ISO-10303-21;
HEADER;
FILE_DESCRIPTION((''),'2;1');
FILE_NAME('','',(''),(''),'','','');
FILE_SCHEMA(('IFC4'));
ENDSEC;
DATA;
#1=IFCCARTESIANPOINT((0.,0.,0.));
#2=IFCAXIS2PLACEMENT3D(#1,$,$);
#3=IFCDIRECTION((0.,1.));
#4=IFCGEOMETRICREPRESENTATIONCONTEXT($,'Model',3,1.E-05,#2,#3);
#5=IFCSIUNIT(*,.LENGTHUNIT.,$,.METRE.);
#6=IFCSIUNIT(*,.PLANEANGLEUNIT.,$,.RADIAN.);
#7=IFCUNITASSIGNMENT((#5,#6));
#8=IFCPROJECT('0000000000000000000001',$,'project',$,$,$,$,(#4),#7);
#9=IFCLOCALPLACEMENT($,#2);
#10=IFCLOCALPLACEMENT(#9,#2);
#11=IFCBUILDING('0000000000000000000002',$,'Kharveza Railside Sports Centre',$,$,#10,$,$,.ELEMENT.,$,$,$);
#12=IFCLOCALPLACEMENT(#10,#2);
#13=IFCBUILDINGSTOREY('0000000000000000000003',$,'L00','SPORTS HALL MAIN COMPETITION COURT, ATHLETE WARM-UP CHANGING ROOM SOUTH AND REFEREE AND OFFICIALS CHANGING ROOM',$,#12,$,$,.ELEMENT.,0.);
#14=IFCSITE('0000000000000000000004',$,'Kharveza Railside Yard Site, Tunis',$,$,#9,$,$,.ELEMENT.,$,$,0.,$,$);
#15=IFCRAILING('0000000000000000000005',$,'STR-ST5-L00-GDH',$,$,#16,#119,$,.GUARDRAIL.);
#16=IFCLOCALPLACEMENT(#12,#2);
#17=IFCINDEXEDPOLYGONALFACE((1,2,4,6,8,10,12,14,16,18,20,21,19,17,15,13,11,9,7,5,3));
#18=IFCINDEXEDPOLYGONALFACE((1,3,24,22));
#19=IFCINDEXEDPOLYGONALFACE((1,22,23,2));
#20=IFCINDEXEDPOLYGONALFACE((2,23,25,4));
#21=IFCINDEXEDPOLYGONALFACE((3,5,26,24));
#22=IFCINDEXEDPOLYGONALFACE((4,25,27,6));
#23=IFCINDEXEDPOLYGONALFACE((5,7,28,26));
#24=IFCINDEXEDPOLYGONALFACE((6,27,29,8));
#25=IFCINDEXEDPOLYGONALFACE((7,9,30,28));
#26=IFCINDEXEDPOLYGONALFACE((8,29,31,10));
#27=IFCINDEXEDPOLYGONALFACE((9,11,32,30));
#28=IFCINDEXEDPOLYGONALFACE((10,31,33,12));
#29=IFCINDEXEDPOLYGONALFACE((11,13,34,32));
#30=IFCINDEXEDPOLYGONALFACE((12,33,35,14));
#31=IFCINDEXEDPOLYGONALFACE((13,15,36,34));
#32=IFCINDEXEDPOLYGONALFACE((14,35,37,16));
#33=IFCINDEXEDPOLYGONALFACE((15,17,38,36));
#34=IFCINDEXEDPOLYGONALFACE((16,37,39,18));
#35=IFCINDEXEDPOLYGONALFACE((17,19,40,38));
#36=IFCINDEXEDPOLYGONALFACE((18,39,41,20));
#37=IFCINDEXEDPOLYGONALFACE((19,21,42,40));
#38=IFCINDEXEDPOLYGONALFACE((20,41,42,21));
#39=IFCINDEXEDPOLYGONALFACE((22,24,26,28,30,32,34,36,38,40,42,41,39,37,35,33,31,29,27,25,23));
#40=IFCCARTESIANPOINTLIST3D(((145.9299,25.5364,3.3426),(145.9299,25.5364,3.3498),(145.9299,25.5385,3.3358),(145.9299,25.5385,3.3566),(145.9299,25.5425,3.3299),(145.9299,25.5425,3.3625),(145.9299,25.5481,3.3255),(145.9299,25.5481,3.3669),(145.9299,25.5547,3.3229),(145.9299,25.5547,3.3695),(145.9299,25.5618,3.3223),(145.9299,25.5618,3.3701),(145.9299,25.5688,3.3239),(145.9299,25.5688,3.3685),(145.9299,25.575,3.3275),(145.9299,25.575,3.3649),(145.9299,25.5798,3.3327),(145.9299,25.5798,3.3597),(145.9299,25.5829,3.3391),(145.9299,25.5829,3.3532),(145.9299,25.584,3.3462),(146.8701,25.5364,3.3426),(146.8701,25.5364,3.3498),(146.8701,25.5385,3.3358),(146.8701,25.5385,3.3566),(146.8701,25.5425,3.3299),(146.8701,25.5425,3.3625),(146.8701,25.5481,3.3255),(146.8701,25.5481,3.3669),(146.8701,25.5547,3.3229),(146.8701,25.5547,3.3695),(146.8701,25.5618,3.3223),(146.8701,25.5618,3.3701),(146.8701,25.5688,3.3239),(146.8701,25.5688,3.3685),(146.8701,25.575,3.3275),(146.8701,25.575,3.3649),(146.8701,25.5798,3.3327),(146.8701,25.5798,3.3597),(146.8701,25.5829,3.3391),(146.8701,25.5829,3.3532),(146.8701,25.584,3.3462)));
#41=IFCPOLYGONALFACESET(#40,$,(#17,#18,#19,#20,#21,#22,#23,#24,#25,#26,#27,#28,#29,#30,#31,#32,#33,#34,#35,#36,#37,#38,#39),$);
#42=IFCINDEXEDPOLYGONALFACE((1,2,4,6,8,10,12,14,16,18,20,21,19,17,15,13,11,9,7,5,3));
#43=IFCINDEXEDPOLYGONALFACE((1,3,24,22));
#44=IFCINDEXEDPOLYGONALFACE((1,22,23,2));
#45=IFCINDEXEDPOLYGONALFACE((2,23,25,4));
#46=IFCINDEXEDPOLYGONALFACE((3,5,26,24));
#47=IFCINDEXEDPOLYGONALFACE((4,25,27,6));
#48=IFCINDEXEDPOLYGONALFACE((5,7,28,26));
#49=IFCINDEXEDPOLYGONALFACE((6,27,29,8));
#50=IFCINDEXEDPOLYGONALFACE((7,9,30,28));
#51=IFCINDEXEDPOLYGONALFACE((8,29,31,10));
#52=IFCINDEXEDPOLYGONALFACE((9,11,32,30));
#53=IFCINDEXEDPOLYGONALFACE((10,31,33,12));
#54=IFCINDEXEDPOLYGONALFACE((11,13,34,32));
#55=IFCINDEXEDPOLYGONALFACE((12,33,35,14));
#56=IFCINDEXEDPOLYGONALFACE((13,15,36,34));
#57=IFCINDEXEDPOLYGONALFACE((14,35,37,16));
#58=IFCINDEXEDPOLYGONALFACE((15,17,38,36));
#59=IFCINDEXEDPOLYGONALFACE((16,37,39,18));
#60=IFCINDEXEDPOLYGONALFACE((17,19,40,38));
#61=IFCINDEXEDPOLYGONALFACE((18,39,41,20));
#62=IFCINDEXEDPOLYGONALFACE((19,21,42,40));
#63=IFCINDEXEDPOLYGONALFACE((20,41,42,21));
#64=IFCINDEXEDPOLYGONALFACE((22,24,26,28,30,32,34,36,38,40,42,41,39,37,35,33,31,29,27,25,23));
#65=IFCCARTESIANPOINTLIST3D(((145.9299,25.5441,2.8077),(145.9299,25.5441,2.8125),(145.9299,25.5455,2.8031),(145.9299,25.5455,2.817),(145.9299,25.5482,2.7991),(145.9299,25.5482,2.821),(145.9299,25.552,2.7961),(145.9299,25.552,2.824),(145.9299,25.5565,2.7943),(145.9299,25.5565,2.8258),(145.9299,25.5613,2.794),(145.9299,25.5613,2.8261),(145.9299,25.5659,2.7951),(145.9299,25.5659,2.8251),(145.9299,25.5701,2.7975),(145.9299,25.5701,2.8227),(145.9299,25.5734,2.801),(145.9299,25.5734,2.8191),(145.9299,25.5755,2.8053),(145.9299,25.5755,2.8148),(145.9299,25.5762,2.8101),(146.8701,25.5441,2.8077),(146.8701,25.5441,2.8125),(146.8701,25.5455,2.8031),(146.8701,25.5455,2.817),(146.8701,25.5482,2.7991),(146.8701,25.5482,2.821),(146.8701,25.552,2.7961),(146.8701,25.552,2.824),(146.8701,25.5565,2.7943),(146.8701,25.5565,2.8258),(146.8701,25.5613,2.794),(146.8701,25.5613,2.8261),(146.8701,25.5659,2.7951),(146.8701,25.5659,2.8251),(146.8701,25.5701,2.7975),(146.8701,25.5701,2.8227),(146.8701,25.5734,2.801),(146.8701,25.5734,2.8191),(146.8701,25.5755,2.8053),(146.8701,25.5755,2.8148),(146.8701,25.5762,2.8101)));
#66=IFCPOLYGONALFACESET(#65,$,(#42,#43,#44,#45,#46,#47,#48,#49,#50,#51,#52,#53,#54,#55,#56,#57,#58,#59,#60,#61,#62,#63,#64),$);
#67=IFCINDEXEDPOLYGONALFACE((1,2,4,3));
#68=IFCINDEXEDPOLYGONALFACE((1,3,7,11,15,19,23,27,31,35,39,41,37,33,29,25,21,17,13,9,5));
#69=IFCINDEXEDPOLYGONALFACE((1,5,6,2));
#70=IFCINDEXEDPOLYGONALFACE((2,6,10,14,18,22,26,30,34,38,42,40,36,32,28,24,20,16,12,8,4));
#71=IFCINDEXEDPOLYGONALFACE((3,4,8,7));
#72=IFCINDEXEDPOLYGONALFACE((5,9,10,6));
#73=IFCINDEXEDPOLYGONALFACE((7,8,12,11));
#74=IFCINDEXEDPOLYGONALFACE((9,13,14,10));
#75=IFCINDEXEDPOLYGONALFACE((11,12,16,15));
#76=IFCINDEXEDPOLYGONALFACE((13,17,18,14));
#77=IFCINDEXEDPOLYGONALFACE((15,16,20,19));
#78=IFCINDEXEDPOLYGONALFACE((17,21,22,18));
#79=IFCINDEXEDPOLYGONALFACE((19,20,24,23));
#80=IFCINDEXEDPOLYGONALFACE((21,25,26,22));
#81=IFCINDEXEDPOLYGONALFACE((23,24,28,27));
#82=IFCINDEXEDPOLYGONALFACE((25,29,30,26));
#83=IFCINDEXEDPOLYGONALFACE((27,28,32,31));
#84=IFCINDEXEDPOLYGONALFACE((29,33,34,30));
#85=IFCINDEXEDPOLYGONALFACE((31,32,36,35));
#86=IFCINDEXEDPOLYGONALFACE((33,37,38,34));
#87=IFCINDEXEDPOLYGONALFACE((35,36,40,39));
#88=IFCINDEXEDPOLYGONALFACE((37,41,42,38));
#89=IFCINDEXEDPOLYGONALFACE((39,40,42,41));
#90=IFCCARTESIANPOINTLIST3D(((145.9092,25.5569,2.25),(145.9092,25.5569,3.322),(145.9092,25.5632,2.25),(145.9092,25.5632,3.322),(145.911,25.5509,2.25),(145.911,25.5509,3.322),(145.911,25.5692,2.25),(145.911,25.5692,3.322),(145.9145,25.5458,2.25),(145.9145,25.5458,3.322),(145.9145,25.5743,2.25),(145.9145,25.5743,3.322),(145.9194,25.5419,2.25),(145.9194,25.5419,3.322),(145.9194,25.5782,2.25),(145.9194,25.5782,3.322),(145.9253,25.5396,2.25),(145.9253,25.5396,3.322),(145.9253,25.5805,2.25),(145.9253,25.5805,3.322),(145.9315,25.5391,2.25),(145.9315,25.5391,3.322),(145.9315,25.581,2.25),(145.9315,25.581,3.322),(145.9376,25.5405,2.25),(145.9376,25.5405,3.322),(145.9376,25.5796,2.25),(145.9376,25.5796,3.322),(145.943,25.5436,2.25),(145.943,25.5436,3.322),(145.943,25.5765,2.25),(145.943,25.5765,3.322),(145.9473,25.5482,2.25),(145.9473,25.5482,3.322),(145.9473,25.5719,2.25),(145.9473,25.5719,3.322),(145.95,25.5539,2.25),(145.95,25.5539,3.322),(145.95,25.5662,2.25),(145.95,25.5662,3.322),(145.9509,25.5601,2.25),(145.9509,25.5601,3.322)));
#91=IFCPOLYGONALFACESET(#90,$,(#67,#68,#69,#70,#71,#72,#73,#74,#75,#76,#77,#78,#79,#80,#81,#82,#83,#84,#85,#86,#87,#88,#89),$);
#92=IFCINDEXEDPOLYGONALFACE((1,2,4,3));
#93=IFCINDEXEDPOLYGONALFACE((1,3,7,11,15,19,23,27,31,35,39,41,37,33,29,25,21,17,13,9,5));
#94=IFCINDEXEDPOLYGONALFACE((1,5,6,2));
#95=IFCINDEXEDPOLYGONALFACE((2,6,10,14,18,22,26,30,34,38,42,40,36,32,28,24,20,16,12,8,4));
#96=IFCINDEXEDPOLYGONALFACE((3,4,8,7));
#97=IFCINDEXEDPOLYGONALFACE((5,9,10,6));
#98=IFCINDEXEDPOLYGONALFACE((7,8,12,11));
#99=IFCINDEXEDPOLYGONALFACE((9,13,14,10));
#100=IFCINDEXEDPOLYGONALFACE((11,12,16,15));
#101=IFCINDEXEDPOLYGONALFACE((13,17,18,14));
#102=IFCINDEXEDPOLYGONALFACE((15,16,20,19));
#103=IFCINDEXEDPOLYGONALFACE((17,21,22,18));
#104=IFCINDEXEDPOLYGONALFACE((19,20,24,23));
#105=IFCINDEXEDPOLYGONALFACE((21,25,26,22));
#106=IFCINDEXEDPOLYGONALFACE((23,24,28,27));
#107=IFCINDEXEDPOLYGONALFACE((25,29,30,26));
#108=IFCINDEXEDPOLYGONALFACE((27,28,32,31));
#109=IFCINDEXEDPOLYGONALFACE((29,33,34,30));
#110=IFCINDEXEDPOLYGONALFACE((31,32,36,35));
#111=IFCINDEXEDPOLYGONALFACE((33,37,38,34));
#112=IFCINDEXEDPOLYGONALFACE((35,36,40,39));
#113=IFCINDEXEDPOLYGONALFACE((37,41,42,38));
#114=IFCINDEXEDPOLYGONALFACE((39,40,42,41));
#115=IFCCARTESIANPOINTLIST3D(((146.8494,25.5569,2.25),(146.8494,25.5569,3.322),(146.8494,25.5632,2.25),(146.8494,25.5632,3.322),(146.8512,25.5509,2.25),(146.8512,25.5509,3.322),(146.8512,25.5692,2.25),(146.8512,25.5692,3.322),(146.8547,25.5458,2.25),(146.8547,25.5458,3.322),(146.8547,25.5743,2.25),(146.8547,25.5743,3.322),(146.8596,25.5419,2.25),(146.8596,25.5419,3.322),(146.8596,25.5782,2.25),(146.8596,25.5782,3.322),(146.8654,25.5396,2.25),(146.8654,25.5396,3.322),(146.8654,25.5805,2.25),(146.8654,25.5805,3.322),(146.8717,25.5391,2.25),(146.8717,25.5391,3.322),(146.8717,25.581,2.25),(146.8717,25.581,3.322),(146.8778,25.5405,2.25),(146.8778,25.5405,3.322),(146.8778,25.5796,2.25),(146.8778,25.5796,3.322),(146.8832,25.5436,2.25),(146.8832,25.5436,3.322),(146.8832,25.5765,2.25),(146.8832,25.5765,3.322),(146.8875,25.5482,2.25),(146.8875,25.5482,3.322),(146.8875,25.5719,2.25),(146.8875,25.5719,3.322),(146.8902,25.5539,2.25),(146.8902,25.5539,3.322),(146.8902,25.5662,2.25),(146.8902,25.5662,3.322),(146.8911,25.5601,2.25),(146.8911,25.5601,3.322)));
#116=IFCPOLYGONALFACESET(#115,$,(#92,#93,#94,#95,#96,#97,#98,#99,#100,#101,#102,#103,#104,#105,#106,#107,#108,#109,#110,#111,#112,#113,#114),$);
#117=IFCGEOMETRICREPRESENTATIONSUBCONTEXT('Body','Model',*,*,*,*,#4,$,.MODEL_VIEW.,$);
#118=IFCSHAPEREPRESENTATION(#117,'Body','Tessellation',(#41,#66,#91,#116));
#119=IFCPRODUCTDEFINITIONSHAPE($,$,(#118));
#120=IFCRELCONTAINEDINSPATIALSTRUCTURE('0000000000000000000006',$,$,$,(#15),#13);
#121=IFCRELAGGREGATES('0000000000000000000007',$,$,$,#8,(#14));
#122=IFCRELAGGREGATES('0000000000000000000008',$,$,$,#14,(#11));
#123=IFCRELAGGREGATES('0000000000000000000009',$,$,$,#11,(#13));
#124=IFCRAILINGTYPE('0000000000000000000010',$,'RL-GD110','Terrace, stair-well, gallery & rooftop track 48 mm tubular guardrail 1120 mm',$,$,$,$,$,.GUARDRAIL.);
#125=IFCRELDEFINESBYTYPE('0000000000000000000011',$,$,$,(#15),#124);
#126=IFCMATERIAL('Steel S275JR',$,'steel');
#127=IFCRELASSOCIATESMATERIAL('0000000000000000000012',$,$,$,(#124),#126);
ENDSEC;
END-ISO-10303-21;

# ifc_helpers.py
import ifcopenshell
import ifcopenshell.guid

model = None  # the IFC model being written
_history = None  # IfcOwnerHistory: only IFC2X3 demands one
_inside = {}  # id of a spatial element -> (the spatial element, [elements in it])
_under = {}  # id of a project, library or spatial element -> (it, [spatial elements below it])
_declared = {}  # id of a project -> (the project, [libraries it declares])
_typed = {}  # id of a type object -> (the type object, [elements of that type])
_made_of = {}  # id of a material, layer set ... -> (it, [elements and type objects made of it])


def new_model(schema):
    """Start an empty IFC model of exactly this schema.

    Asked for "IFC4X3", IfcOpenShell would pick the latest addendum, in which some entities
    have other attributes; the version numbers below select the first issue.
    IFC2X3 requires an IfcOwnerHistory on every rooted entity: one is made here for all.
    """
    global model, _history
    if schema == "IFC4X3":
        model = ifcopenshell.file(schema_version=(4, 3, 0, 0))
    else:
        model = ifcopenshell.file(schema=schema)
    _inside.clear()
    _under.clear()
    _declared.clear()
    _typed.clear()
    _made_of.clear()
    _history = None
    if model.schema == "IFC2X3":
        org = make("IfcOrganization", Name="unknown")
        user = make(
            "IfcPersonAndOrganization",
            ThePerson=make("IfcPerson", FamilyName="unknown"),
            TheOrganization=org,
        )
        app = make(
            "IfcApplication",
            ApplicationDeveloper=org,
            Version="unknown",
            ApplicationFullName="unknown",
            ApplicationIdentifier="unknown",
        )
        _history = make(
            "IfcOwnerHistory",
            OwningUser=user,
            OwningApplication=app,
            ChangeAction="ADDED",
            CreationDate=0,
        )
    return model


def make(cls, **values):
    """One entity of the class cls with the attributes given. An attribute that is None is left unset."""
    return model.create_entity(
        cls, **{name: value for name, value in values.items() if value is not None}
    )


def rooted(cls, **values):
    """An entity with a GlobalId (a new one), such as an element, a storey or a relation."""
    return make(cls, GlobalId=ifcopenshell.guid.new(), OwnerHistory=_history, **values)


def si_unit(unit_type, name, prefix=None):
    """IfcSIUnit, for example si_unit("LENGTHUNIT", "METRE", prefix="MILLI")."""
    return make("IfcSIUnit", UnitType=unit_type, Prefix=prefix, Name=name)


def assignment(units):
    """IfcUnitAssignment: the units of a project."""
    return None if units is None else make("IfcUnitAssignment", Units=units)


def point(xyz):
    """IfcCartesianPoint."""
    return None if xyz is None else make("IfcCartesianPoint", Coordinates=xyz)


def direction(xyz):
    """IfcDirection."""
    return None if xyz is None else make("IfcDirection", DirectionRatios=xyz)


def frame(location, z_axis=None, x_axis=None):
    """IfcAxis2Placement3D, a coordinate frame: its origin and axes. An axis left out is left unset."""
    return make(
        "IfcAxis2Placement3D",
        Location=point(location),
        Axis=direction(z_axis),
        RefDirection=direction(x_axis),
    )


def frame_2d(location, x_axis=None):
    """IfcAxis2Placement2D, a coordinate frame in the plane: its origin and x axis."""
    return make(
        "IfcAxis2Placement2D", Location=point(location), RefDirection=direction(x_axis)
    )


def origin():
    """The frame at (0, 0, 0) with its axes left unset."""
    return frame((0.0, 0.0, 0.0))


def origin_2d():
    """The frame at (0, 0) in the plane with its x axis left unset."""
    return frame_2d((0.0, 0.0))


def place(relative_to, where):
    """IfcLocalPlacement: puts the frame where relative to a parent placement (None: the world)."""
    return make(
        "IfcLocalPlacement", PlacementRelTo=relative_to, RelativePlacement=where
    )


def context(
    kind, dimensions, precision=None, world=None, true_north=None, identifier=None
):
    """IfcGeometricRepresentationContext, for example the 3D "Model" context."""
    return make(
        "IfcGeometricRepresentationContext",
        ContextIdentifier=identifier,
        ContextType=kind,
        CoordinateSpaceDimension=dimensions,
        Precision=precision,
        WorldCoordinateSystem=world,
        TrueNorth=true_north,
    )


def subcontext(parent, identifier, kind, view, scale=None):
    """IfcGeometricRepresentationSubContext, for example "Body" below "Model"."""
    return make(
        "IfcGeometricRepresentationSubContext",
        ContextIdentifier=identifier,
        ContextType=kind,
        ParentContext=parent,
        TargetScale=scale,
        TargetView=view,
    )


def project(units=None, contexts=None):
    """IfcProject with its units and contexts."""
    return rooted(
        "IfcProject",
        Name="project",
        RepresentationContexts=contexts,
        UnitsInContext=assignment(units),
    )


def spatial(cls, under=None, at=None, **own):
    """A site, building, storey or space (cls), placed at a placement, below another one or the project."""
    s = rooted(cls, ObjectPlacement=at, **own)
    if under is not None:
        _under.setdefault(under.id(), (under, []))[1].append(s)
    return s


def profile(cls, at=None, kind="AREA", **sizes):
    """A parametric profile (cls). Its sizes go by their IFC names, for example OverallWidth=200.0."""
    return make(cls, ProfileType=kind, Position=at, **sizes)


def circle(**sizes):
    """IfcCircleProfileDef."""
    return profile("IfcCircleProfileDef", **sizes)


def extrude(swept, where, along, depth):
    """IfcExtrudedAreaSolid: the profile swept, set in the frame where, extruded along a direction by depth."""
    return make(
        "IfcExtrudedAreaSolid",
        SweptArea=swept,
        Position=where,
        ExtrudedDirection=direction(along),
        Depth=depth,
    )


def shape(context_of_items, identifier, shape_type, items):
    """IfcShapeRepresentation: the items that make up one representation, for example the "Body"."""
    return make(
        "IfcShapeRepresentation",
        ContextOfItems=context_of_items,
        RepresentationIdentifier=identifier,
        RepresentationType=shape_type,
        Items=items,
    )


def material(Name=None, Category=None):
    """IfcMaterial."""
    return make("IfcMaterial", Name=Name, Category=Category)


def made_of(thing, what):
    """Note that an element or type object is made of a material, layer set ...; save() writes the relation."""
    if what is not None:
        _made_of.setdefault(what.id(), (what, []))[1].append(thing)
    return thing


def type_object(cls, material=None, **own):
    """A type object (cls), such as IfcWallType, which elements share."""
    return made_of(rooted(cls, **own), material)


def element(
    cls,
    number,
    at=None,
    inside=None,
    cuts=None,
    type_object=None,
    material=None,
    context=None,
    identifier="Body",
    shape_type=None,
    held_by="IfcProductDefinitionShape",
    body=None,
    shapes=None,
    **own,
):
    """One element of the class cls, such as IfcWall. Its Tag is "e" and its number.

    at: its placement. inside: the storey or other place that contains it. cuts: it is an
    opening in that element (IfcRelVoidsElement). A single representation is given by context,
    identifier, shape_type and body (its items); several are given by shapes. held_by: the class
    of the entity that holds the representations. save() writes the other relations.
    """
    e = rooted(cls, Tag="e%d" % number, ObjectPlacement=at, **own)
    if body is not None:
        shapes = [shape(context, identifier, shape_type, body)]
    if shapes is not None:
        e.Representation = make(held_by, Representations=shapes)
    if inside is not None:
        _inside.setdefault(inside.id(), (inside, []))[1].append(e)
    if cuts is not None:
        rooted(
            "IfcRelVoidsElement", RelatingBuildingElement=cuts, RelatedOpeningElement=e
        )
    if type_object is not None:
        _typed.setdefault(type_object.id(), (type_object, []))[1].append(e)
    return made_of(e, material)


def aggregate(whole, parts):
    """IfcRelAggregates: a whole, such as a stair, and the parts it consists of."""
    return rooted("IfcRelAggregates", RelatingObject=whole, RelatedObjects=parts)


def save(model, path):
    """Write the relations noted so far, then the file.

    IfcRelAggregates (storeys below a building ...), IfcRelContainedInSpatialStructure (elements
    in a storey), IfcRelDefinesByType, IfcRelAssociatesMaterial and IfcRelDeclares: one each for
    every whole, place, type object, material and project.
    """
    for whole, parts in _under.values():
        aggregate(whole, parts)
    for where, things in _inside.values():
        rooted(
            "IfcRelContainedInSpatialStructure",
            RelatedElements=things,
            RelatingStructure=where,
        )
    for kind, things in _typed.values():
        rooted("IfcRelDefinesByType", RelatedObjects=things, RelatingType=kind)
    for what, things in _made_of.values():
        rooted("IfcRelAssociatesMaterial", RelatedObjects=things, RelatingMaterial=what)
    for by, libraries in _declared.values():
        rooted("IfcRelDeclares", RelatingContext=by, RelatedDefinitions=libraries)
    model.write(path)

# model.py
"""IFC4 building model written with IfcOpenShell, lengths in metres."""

from ifc_helpers import new_model, si_unit, direction, frame, origin, origin_2d, place, context, subcontext, project, spatial, circle, extrude, material, type_object, element, save


model = new_model("IFC4")

# Units and contexts
model_context = context("Model", 3, precision=1e-05, world=origin(), true_north=direction((0.0, 1.0)))
body_context = subcontext(model_context, "Body", "Model", "MODEL_VIEW")
ifc_project = project(units=[si_unit("LENGTHUNIT", "METRE"), si_unit("PLANEANGLEUNIT", "RADIAN")], contexts=[model_context])

# Site, building, storey
site_placement = place(None, origin())
site = spatial("IfcSite", under=ifc_project, at=site_placement, Name="Kharveza Railside Yard Site, Tunis", CompositionType="ELEMENT", RefElevation=0.0)
building_placement = place(site_placement, origin())
building = spatial("IfcBuilding", under=site, at=building_placement, Name="Kharveza Railside Sports Centre", CompositionType="ELEMENT")
storey_placement = place(building_placement, origin())
storey = spatial("IfcBuildingStorey", under=building, at=storey_placement, Name="L00", Description="SPORTS HALL MAIN COMPETITION COURT, ATHLETE WARM-UP CHANGING ROOM SOUTH AND REFEREE AND OFFICIALS CHANGING ROOM", CompositionType="ELEMENT", Elevation=0.0)

# Railing
ifc_material_1 = material(Name="Steel S275JR", Category="steel")
railing_type_1 = type_object("IfcRailingType", Name="RL-GD110", Description="Terrace, stair-well, gallery & rooftop track 48 mm tubular guardrail 1120 mm", PredefinedType="GUARDRAIL", material=ifc_material_1)
railing_1_placement = place(storey_placement, frame((145.9299, 25.5601, 2.25)))
element("IfcRailing", 1, at=railing_1_placement, inside=storey, type_object=railing_type_1, Name="STR-ST5-L00-GDH", PredefinedType="GUARDRAIL", context=body_context, shape_type="SweptSolid", body=[
    extrude(circle(Radius=0.0239, at=origin_2d()), frame((0.0, 0.0, 1.0962), z_axis=(1.0, 0.0, 0.0), x_axis=(0.0, 1.0, 0.0)), (0.0, 0.0, 1.0), 0.9402),
    extrude(circle(Radius=0.0161, at=origin_2d()), frame((0.0, 0.0, 0.5601), z_axis=(1.0, 0.0, 0.0), x_axis=(0.0, 1.0, 0.0)), (0.0, 0.0, 1.0), 0.9402),
    extrude(circle(Radius=0.021, at=origin_2d()), origin(), (0.0, 0.0, 1.0), 1.072),
    extrude(circle(Radius=0.021, at=origin_2d()), frame((0.9402, 0.0, 0.0)), (0.0, 0.0, 1.0), 1.072),
])

save(model, "model.ifc")
